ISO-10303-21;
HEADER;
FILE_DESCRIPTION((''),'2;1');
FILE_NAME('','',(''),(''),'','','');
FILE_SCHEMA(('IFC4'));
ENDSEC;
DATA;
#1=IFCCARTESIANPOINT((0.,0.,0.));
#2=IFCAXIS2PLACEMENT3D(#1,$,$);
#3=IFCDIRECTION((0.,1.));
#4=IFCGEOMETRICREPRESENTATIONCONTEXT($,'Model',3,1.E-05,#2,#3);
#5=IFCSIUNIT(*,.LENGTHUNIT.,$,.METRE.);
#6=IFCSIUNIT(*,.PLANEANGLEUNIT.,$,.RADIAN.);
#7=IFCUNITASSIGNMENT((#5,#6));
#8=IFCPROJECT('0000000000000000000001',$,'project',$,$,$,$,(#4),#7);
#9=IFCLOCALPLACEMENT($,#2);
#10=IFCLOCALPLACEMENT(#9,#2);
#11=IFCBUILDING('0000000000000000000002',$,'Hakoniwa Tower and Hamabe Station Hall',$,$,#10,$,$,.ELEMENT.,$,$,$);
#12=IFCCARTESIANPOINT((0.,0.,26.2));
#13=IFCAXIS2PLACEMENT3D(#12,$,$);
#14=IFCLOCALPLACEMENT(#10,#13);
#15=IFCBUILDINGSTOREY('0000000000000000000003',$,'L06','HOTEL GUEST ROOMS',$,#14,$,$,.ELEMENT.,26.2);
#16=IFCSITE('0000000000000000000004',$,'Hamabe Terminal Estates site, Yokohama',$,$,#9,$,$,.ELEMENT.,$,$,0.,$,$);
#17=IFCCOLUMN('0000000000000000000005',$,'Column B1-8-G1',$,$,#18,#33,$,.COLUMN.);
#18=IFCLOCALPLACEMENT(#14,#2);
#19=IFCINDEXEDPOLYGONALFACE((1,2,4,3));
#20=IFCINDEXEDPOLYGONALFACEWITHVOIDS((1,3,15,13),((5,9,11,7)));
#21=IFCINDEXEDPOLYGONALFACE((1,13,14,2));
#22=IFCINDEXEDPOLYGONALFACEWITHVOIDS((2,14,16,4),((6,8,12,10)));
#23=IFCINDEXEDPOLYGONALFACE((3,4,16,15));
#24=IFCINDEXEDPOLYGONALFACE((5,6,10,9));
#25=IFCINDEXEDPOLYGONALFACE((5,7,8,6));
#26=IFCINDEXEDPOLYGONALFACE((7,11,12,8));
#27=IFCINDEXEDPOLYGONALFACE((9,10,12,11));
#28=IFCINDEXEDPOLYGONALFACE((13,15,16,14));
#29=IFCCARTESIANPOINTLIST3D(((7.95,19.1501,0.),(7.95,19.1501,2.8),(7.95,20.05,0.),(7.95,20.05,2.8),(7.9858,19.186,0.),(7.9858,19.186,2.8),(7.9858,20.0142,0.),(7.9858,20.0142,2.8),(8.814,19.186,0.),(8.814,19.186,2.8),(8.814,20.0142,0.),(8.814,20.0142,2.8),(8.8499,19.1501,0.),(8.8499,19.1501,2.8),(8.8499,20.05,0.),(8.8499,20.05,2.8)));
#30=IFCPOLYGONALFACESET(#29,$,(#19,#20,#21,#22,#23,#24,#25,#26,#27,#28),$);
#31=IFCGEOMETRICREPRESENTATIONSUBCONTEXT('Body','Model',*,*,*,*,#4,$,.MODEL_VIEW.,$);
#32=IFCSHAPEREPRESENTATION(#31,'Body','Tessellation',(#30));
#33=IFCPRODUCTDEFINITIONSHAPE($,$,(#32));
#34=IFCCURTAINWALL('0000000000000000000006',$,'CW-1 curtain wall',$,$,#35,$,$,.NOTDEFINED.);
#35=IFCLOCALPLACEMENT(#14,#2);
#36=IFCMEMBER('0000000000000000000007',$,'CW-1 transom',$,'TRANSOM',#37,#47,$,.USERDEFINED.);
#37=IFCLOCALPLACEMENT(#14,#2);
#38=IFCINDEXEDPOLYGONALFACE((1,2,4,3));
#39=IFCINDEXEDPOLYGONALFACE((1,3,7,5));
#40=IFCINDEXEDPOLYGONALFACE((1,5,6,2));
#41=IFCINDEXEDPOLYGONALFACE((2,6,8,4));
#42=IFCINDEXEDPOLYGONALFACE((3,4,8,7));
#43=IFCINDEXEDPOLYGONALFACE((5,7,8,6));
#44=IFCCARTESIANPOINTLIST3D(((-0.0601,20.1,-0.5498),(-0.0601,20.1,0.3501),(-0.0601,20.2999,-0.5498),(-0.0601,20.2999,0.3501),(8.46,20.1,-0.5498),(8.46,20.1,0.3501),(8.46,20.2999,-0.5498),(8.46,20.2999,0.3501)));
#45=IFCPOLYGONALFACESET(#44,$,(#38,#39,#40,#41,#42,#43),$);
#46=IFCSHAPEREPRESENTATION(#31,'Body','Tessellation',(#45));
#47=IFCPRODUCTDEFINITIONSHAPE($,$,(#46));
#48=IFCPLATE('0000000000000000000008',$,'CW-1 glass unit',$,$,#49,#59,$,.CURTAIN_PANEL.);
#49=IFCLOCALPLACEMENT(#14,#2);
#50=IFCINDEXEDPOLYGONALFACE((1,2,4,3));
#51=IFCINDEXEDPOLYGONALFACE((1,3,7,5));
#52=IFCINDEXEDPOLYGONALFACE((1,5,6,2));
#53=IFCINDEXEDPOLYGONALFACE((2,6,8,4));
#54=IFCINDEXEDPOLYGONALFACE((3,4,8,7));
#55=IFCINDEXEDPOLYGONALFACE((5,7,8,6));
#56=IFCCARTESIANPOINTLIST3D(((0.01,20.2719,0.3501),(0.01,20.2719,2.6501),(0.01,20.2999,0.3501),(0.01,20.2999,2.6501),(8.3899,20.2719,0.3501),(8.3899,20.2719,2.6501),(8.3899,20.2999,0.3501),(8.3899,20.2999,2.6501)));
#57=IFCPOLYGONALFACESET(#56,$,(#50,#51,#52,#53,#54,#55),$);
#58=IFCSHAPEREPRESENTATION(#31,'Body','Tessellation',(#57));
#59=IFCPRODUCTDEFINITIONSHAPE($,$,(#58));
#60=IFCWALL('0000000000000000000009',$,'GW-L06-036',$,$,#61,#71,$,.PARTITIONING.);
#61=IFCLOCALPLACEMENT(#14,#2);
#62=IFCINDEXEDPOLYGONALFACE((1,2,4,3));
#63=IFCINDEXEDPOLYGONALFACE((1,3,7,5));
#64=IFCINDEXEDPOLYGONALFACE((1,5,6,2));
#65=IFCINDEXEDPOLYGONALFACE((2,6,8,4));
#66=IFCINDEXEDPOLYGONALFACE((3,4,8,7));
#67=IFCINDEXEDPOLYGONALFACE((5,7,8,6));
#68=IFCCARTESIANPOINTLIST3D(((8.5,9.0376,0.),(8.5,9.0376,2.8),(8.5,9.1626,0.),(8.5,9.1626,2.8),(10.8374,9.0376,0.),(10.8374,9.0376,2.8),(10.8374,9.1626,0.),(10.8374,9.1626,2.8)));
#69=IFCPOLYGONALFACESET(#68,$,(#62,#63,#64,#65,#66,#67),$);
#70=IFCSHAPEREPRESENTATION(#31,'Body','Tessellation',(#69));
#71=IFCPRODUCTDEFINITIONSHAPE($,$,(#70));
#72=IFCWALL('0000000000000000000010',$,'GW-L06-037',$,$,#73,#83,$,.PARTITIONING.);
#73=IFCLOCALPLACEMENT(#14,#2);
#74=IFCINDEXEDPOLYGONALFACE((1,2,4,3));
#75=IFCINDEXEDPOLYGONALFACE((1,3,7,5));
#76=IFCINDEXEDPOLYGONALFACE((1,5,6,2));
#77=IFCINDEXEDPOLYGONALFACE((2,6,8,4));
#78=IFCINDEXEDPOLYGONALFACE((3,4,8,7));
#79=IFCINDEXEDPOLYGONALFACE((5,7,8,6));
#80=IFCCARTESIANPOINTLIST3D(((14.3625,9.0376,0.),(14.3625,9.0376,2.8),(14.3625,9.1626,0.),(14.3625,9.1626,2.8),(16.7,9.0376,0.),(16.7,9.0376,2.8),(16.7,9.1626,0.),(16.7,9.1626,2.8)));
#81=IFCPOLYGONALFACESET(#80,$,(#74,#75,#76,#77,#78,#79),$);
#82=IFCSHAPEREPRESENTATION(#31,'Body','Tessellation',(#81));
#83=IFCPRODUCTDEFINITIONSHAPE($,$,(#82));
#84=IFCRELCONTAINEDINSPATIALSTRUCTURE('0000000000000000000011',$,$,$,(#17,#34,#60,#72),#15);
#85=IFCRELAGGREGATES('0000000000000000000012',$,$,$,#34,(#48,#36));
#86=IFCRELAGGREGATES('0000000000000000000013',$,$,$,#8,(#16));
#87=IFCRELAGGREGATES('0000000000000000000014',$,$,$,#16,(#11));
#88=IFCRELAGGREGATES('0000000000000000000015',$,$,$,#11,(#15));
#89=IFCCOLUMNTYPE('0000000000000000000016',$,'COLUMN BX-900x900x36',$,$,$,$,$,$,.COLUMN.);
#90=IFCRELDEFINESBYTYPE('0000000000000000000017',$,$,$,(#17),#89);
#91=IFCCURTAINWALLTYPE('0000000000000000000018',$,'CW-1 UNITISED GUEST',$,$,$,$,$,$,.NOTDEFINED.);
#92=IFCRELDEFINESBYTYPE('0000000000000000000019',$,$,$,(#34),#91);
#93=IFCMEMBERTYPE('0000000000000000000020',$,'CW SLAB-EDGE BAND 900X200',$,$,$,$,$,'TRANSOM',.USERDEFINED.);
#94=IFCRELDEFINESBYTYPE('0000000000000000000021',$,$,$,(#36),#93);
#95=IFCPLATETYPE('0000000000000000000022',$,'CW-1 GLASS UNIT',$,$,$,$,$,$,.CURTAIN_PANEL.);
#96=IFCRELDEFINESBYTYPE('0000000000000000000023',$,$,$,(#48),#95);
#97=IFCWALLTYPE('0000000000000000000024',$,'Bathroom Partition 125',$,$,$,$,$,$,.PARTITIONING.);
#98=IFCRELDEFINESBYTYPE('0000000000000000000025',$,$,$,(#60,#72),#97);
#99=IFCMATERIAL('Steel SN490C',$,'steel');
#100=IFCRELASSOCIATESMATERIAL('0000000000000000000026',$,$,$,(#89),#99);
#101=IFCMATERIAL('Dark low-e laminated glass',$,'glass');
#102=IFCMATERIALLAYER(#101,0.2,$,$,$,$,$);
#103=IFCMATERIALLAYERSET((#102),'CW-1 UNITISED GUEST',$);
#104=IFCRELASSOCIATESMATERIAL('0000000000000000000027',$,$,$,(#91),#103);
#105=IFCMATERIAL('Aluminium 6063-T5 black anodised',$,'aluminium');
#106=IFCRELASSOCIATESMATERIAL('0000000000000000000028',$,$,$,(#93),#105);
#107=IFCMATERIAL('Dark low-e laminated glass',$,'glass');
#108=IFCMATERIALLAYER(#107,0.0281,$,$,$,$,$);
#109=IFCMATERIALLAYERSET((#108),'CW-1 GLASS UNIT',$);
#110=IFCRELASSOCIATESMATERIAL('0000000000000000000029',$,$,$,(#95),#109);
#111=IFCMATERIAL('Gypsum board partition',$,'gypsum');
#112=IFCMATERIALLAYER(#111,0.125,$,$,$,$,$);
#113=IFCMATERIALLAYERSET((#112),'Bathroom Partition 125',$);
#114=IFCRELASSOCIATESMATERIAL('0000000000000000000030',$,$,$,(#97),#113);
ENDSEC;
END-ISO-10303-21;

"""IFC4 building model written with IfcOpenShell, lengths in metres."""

from ifc_helpers import new_model, si_unit, direction, frame, frame_2d, origin, origin_2d, place, context, subcontext, project, spatial, rectangle, hollow_rectangle, extrude, material, layer, layer_set, material_profile, profile_set, type_object, element, aggregate, save


model = new_model("IFC4")

# Units and contexts
model_context = context("Model", 3, precision=1e-05, world=origin(), true_north=direction((0.0, 1.0)))
body_context = subcontext(model_context, "Body", "Model", "MODEL_VIEW")
ifc_project = project(units=[si_unit("LENGTHUNIT", "METRE"), si_unit("PLANEANGLEUNIT", "RADIAN")], contexts=[model_context])

# Site, building, storey
site_placement = place(None, origin())
site = spatial("IfcSite", under=ifc_project, at=site_placement, Name="Hamabe Terminal Estates site, Yokohama", CompositionType="ELEMENT", RefElevation=0.0)
building_placement = place(site_placement, origin())
building = spatial("IfcBuilding", under=site, at=building_placement, Name="Hakoniwa Tower and Hamabe Station Hall", CompositionType="ELEMENT")
storey_placement = place(building_placement, frame((0.0, 0.0, 26.2)))
storey = spatial("IfcBuildingStorey", under=building, at=storey_placement, Name="L06", Description="HOTEL GUEST ROOMS", CompositionType="ELEMENT", Elevation=26.2)

# Column
ifc_material_1 = material(Name="Steel SN490C", Category="steel")
ifc_material_profile_1 = material_profile(ifc_material_1, hollow_rectangle(XDim=0.8999, YDim=0.8999, WallThickness=0.0359, at=origin_2d()), Name="BX-900x900x36")
ifc_profile_set_1 = profile_set([ifc_material_profile_1], Name="Steel SN490C")
column_type = type_object("IfcColumnType", Name="COLUMN BX-900x900x36", PredefinedType="COLUMN", material=ifc_profile_set_1)
column_placement = place(storey_placement, frame((8.3999, 19.6001, 0.0), z_axis=(0.0, 0.0, 1.0), x_axis=(1.0, 0.0, 0.0)))
element("IfcColumn", 1, at=column_placement, inside=storey, type_object=column_type, Name="Column B1-8-G1", PredefinedType="COLUMN", context=body_context, shape_type="SweptSolid", body=[
    extrude(hollow_rectangle(XDim=0.8999, YDim=0.8999, WallThickness=0.0359, at=origin_2d()), origin(), (0.0, 0.0, 1.0), 2.8),
])

# Curtain wall, member, plate
ifc_material_2 = material(Name="Dark low-e laminated glass", Category="glass")
ifc_layer_1 = layer(ifc_material_2, 0.2)
ifc_layer_set_1 = layer_set([ifc_layer_1], Name="CW-1 UNITISED GUEST")
curtain_wall_type = type_object("IfcCurtainWallType", Name="CW-1 UNITISED GUEST", PredefinedType="NOTDEFINED", material=ifc_layer_set_1)
curtain_wall_placement = place(storey_placement, origin())
curtain_wall = element("IfcCurtainWall", 2, at=curtain_wall_placement, inside=storey, type_object=curtain_wall_type, Name="CW-1 curtain wall", PredefinedType="NOTDEFINED")
ifc_material_3 = material(Name="Aluminium 6063-T5 black anodised", Category="aluminium")
ifc_material_profile_2 = material_profile(ifc_material_3, rectangle(XDim=0.2, YDim=0.8999, at=origin_2d()), Name="CW SLAB-EDGE BAND 900X200")
ifc_profile_set_2 = profile_set([ifc_material_profile_2], Name="Aluminium 6063-T5 black anodised")
member_type = type_object("IfcMemberType", Name="CW SLAB-EDGE BAND 900X200", ElementType="TRANSOM", PredefinedType="USERDEFINED", material=ifc_profile_set_2)
member_placement = place(storey_placement, frame((8.46, 20.2, -0.0999), z_axis=(-1.0, 0.0, 0.0), x_axis=(0.0, -1.0, 0.0)))
member = element("IfcMember", 3, at=member_placement, type_object=member_type, Name="CW-1 transom", ObjectType="TRANSOM", PredefinedType="USERDEFINED", context=body_context, shape_type="SweptSolid", body=[
    extrude(rectangle(XDim=0.2, YDim=0.8999, at=origin_2d()), origin(), (0.0, 0.0, 1.0), 8.52),
])
ifc_material_4 = material(Name="Dark low-e laminated glass", Category="glass")
ifc_layer_2 = layer(ifc_material_4, 0.0281)
ifc_layer_set_2 = layer_set([ifc_layer_2], Name="CW-1 GLASS UNIT")
plate_type = type_object("IfcPlateType", Name="CW-1 GLASS UNIT", PredefinedType="CURTAIN_PANEL", material=ifc_layer_set_2)
plate_placement = place(storey_placement, frame((4.2, 20.2859, 0.3501), z_axis=(0.0, 0.0, 1.0), x_axis=(-1.0, 0.0, 0.0)))
plate = element("IfcPlate", 4, at=plate_placement, type_object=plate_type, Name="CW-1 glass unit", PredefinedType="CURTAIN_PANEL", context=body_context, shape_type="SweptSolid", body=[
    extrude(rectangle(XDim=8.3799, YDim=0.0281, at=origin_2d()), origin(), (0.0, 0.0, 1.0), 2.3),
])

# Walls
ifc_material_5 = material(Name="Gypsum board partition", Category="gypsum")
ifc_layer_3 = layer(ifc_material_5, 0.125)
ifc_layer_set_3 = layer_set([ifc_layer_3], Name="Bathroom Partition 125")
wall_type_1 = type_object("IfcWallType", Name="Bathroom Partition 125", PredefinedType="PARTITIONING", material=ifc_layer_set_3)
for number, where, z_axis, x_axis, name in (
    (5, (8.5, 9.1001, 0.0), (0.0, 0.0, 1.0), (1.0, 0.0, 0.0), "GW-L06-036"),
    (6, (14.3625, 9.1001, 0.0), (0.0, 0.0, 1.0), (1.0, 0.0, 0.0), "GW-L06-037"),
):
    element("IfcWall", number, at=place(storey_placement, frame(where, z_axis=z_axis, x_axis=x_axis)), inside=storey, type_object=wall_type_1, Name=name, PredefinedType="PARTITIONING", context=body_context, shape_type="SweptSolid", body=[
        extrude(rectangle(XDim=2.3374, YDim=0.125, at=frame_2d((1.1687, 0.0))), origin(), (0.0, 0.0, 1.0), 2.8),
    ])

aggregate(curtain_wall, [plate, member])

save(model, "model.ifc")
